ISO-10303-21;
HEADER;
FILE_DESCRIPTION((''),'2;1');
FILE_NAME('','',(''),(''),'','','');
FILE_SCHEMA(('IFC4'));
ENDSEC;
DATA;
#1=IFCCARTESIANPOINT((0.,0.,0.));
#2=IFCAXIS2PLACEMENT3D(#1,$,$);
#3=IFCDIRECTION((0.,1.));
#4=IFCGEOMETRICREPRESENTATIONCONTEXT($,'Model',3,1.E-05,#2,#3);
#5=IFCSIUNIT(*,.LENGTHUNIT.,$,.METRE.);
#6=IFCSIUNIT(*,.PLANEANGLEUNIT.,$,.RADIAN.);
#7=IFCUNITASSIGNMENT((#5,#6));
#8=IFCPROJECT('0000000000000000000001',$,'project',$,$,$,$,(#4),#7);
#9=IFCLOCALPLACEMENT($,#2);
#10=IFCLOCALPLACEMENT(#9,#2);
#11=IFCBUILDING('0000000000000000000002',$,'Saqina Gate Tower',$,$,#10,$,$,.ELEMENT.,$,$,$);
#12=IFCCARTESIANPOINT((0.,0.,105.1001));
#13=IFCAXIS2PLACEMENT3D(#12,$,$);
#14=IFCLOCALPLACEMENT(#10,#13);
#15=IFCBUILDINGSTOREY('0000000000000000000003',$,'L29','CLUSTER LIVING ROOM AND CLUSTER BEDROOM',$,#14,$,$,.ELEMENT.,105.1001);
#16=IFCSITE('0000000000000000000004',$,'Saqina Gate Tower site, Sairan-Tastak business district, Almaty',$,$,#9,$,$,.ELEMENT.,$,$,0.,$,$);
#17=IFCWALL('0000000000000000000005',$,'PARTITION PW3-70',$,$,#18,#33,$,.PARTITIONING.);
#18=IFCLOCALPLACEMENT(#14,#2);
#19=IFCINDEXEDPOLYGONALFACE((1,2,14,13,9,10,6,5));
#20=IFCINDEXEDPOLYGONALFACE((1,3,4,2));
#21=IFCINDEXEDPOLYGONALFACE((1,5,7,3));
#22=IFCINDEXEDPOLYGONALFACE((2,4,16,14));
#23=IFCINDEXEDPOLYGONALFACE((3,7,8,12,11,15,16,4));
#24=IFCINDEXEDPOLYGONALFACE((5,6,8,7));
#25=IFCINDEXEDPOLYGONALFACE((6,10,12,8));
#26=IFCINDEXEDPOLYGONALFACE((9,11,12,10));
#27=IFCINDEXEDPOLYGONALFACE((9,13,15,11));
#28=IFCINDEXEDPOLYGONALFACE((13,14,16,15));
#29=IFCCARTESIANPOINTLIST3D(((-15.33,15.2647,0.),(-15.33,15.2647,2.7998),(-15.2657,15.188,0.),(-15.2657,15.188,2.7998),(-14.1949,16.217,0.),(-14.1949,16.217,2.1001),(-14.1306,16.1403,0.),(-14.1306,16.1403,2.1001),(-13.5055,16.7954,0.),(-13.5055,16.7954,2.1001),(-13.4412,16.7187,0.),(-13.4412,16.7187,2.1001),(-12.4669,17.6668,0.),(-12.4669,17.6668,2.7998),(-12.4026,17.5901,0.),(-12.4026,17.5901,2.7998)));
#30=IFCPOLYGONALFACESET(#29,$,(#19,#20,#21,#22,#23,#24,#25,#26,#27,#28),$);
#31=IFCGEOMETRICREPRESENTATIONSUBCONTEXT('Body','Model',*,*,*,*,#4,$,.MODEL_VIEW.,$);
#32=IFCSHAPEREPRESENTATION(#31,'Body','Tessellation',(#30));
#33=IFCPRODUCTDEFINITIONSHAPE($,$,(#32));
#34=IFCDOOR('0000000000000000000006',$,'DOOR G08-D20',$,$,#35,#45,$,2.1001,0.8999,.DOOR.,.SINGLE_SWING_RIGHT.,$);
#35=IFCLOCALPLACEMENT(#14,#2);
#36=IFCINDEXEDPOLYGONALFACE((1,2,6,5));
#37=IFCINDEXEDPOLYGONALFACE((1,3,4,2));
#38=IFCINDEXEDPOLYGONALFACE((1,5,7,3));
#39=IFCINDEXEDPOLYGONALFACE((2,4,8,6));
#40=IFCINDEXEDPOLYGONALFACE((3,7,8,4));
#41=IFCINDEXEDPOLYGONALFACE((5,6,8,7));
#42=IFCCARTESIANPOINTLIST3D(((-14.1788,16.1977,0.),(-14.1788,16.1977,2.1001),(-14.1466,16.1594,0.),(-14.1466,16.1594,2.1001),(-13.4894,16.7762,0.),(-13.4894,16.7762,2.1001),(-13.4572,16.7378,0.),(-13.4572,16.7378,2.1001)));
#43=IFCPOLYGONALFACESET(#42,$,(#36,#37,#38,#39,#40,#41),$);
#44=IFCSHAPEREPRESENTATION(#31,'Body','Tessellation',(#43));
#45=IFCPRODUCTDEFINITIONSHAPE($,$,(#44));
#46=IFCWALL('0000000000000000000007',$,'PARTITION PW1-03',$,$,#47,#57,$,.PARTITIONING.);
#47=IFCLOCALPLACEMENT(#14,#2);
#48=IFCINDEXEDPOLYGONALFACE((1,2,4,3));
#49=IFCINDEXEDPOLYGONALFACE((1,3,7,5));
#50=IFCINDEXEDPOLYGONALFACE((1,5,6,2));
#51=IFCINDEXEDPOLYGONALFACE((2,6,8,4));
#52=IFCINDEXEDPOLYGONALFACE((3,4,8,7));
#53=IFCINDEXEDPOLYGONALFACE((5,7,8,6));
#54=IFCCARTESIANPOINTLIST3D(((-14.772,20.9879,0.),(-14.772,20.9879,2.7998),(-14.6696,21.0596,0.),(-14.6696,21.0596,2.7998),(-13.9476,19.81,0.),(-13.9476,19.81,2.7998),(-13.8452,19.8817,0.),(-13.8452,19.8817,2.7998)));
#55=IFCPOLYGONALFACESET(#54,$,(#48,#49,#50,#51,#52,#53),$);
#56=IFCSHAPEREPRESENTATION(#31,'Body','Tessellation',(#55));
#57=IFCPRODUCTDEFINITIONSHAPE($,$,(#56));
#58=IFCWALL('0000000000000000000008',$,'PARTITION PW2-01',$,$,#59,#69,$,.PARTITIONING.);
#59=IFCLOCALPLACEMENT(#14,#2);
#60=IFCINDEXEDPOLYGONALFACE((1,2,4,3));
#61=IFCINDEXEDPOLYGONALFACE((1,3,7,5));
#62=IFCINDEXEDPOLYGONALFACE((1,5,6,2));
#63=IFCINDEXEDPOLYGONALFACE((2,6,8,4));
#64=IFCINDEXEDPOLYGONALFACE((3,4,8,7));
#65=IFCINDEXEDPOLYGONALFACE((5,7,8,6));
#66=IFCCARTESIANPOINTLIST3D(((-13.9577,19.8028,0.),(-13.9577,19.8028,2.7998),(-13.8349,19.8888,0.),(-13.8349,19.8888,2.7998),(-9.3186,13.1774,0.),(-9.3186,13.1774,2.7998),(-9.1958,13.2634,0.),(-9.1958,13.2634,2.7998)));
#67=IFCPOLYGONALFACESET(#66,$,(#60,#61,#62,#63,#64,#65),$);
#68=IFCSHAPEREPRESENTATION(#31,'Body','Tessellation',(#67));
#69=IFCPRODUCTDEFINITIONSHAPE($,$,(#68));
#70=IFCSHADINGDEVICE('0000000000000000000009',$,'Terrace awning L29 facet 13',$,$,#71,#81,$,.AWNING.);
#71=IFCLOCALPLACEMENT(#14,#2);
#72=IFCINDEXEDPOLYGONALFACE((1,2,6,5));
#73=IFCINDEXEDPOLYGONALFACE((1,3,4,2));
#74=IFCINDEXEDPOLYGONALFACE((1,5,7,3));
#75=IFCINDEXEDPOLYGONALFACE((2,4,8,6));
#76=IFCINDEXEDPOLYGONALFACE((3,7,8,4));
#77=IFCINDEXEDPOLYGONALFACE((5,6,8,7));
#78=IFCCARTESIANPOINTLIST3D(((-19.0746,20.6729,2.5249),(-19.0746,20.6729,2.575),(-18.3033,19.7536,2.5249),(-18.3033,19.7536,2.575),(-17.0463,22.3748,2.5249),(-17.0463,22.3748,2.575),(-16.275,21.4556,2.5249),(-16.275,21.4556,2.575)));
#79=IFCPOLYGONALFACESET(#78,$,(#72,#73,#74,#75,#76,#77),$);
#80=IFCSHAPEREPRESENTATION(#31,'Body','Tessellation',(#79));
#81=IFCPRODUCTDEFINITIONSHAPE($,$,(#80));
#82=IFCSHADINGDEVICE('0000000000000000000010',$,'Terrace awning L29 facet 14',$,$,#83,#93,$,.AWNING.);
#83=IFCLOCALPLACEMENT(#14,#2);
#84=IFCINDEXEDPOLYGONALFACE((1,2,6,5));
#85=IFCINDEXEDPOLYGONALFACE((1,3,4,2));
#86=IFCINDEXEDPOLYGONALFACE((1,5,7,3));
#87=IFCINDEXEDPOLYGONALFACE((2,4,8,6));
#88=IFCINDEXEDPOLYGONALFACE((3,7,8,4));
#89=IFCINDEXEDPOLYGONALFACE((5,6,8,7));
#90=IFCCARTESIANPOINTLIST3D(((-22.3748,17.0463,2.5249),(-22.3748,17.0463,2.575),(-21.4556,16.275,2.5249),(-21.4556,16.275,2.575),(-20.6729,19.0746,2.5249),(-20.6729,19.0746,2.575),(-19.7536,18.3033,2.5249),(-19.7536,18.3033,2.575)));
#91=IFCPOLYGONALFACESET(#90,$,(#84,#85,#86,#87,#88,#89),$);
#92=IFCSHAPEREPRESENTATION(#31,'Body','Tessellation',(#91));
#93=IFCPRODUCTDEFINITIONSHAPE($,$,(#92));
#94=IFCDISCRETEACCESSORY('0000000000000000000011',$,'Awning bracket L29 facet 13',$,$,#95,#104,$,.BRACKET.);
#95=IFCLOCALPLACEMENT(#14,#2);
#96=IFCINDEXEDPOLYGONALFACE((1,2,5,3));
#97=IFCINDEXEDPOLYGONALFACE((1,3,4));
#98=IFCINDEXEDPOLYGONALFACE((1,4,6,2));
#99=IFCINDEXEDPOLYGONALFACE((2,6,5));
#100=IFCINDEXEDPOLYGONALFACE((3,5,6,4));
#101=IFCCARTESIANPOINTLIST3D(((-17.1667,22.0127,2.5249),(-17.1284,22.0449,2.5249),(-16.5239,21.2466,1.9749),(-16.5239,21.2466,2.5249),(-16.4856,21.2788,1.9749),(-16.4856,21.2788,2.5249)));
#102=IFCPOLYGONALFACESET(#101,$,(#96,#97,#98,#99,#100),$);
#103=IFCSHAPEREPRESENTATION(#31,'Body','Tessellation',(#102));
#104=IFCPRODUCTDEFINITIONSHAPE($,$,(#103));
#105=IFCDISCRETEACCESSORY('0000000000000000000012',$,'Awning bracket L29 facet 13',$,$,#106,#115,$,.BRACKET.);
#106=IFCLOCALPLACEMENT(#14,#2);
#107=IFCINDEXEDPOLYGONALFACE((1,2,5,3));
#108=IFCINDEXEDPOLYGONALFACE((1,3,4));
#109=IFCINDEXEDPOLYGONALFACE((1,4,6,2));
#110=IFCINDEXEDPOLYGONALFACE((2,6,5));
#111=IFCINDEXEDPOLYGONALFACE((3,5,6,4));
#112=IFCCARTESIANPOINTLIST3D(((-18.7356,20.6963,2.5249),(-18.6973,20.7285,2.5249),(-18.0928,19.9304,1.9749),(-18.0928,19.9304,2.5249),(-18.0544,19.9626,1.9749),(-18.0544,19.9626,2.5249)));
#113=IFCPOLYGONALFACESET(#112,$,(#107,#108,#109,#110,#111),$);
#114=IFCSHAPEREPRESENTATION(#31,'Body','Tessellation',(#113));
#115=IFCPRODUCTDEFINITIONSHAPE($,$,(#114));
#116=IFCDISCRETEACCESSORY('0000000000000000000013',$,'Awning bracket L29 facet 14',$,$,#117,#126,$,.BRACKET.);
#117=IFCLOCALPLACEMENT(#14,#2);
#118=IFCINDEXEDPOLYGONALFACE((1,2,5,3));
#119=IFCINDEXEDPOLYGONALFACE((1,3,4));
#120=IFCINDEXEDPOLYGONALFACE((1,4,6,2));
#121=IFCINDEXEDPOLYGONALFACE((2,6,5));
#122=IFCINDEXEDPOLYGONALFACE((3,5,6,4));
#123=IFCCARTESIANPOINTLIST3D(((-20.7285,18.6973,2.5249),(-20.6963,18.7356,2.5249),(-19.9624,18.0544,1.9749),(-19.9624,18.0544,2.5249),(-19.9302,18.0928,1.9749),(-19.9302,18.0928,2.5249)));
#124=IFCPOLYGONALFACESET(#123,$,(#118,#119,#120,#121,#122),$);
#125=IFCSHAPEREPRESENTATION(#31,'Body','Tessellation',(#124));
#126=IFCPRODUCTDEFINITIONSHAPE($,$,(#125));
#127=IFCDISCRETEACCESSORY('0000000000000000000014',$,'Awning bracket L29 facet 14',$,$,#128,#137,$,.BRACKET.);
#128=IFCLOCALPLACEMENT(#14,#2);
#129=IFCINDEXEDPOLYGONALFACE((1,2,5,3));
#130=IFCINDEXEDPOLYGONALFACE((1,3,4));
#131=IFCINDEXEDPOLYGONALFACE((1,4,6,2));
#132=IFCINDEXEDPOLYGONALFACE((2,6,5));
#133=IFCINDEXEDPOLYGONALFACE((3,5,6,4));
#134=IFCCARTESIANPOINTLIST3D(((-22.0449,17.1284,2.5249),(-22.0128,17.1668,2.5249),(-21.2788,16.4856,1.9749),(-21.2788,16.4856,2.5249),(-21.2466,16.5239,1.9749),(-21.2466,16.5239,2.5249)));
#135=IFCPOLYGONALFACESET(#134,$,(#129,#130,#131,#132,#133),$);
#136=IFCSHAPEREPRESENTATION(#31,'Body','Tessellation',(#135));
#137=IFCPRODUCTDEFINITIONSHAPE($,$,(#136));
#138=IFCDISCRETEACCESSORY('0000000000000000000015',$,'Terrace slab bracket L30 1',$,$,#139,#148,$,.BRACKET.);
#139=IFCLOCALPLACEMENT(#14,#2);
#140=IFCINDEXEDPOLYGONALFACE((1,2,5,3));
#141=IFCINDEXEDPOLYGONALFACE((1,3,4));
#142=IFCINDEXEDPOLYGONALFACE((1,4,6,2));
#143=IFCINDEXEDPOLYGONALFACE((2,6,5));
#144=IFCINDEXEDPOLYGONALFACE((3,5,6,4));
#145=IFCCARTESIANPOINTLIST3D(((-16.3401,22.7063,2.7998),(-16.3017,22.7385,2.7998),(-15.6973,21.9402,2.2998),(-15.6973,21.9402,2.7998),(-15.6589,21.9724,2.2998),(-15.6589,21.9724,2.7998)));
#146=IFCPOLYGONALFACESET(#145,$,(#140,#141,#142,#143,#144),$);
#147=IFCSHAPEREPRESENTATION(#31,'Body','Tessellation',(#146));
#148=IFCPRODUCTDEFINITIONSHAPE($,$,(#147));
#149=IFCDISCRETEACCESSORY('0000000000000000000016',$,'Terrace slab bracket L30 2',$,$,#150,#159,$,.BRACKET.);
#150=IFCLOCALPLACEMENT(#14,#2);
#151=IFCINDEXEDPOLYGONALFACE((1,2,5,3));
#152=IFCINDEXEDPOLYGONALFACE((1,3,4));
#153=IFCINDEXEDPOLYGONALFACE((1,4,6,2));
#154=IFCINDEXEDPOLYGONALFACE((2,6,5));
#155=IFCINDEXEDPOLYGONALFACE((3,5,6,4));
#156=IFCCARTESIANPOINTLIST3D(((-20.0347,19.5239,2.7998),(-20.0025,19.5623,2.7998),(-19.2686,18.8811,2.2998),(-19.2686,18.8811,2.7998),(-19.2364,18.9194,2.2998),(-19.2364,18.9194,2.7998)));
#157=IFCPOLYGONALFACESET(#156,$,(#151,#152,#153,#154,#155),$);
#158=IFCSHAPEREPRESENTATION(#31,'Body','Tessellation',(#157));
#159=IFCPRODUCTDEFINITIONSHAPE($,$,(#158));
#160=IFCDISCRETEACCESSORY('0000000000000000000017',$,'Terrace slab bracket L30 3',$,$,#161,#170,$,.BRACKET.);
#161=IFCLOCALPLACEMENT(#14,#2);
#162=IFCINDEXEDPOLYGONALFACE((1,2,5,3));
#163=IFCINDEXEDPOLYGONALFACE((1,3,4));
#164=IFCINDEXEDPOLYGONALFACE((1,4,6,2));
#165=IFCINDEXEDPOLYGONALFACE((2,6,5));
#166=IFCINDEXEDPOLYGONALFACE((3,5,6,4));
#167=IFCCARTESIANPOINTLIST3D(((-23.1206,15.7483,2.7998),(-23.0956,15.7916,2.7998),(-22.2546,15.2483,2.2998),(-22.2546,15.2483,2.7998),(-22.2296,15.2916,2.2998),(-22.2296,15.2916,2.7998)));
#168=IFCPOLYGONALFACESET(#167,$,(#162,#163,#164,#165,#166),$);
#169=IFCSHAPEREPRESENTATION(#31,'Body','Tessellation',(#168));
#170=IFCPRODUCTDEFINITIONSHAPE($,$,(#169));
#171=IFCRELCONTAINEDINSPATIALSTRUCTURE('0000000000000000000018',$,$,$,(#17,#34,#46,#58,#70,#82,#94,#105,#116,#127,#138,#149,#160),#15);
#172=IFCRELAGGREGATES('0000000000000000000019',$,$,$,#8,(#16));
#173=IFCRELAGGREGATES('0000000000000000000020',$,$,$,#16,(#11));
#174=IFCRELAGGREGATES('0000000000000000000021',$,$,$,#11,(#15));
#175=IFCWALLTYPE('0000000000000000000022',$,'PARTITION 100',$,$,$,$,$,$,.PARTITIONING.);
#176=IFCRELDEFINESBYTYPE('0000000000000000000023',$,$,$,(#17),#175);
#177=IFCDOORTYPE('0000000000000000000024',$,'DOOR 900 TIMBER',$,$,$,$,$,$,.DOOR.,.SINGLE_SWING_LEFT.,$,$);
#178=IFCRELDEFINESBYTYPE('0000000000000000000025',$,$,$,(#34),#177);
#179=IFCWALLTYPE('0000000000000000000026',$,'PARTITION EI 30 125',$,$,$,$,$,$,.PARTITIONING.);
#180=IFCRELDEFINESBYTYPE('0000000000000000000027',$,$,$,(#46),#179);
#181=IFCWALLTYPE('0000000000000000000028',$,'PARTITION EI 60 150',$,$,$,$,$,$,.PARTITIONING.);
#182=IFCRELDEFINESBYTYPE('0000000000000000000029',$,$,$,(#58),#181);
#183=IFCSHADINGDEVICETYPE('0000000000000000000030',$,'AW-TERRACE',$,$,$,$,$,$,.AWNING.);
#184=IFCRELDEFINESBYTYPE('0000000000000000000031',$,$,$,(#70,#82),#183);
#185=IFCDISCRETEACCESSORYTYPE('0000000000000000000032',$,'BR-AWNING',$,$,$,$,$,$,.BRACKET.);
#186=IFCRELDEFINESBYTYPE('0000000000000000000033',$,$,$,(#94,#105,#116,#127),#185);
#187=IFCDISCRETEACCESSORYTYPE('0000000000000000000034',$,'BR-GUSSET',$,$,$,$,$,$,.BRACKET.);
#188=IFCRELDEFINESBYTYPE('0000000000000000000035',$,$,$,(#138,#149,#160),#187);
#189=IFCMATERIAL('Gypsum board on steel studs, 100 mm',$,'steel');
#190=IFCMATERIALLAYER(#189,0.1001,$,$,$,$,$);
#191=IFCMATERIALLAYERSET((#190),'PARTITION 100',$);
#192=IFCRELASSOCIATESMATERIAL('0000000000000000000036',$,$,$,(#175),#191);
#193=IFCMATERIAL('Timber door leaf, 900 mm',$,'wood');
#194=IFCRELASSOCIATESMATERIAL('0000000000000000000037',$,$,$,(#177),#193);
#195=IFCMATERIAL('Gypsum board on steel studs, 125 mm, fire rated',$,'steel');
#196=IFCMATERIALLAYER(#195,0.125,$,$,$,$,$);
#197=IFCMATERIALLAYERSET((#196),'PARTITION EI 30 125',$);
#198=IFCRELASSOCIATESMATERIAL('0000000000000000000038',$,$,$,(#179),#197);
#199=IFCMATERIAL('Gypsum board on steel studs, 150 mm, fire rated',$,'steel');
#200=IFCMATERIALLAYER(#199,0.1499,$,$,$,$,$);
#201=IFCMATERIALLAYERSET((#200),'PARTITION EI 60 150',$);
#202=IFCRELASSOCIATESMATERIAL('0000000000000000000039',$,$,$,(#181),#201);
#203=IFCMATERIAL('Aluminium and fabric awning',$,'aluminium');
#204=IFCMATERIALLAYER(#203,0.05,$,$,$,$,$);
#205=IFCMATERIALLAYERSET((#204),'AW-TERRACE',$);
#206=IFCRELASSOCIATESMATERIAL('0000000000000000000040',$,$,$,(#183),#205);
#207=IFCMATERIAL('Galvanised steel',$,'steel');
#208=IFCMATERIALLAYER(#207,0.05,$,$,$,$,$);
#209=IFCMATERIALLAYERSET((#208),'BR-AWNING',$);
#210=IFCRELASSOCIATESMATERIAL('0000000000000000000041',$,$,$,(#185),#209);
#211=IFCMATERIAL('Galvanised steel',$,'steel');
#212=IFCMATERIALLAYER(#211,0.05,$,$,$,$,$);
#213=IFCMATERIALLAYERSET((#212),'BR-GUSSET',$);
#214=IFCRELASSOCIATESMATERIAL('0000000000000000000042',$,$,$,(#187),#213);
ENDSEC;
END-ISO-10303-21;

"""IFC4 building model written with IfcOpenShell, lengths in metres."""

from ifc_helpers import new_model, si_unit, direction, frame, frame_2d, origin, origin_2d, place, context, subcontext, project, spatial, polyline, rectangle, outline, extrude, material, layer, layer_set, type_object, element, fill, save


model = new_model("IFC4")

# Units and contexts
model_context = context("Model", 3, precision=1e-05, world=origin(), true_north=direction((0.0, 1.0)))
body_context = subcontext(model_context, "Body", "Model", "MODEL_VIEW")
ifc_project = project(units=[si_unit("LENGTHUNIT", "METRE"), si_unit("PLANEANGLEUNIT", "RADIAN")], contexts=[model_context])

# Site, building, storey
site_placement = place(None, origin())
site = spatial("IfcSite", under=ifc_project, at=site_placement, Name="Saqina Gate Tower site, Sairan-Tastak business district, Almaty", CompositionType="ELEMENT", RefElevation=0.0)
building_placement = place(site_placement, origin())
building = spatial("IfcBuilding", under=site, at=building_placement, Name="Saqina Gate Tower", CompositionType="ELEMENT")
storey_placement = place(building_placement, frame((0.0, 0.0, 105.1001)))
storey = spatial("IfcBuildingStorey", under=building, at=storey_placement, Name="L29", Description="CLUSTER LIVING ROOM AND CLUSTER BEDROOM", CompositionType="ELEMENT", Elevation=105.1001)

# Wall, opening, door
ifc_material_1 = material(Name="Gypsum board on steel studs, 100 mm", Category="steel")
ifc_layer_1 = layer(ifc_material_1, 0.1001)
ifc_layer_set_1 = layer_set([ifc_layer_1], Name="PARTITION 100")
wall_type_1 = type_object("IfcWallType", Name="PARTITION 100", PredefinedType="PARTITIONING", material=ifc_layer_set_1)
wall_1_placement = place(storey_placement, frame((-15.2979, 15.2263, 0.0), z_axis=(0.0, 0.0, 1.0), x_axis=(0.766081, 0.642745, 0.0)))
wall_1 = element("IfcWall", 1, at=wall_1_placement, inside=storey, type_object=wall_type_1, Name="PARTITION PW3-70", PredefinedType="PARTITIONING", context=body_context, shape_type="SweptSolid", body=[
    extrude(rectangle(XDim=3.7373, YDim=0.1001, at=frame_2d((1.8687, 0.0))), origin(), (0.0, 0.0, 1.0), 2.7998),
])
opening_1_placement = place(wall_1_placement, frame((1.4817, 0.0, 0.0)))
opening_1 = element("IfcOpeningElement", 2, at=opening_1_placement, cuts=wall_1, PredefinedType="OPENING", context=body_context, shape_type="SweptSolid", body=[
    extrude(rectangle(XDim=0.8999, YDim=2.1001, at=frame_2d((0.45, 1.05))), frame((0.0, 0.062, 0.0), z_axis=(0.0, -1.0, 0.0), x_axis=(1.0, 0.0, 0.0)), (0.0, 0.0, 1.0), 0.124),
])
ifc_material_2 = material(Name="Timber door leaf, 900 mm", Category="wood")
door_type_1 = type_object("IfcDoorType", Name="DOOR 900 TIMBER", OperationType="SINGLE_SWING_LEFT", PredefinedType="DOOR", material=ifc_material_2)
door_1_placement = place(opening_1_placement, origin())
door_1 = element("IfcDoor", 3, at=door_1_placement, inside=storey, type_object=door_type_1, Name="DOOR G08-D20", OperationType="SINGLE_SWING_RIGHT", OverallHeight=2.1001, OverallWidth=0.8999, PredefinedType="DOOR", context=body_context, shape_type="SweptSolid", body=[
    extrude(rectangle(XDim=0.8999, YDim=2.1001, at=frame_2d((0.45, 1.05))), frame((0.0, 0.0249, 0.0), z_axis=(0.0, -1.0, 0.0), x_axis=(1.0, 0.0, 0.0)), (0.0, 0.0, 1.0), 0.05),
])
fill(opening_1, door_1)

# Walls
ifc_material_3 = material(Name="Gypsum board on steel studs, 125 mm, fire rated", Category="steel")
ifc_layer_2 = layer(ifc_material_3, 0.125)
ifc_layer_set_2 = layer_set([ifc_layer_2], Name="PARTITION EI 30 125")
wall_type_2 = type_object("IfcWallType", Name="PARTITION EI 30 125", PredefinedType="PARTITIONING", material=ifc_layer_set_2)
wall_2_placement = place(storey_placement, frame((-14.7207, 21.0237, 0.0), z_axis=(0.0, 0.0, 1.0), x_axis=(0.573405, -0.819272, 0.0)))
element("IfcWall", 4, at=wall_2_placement, inside=storey, type_object=wall_type_2, Name="PARTITION PW1-03", PredefinedType="PARTITIONING", context=body_context, shape_type="SweptSolid", body=[
    extrude(rectangle(XDim=1.4377, YDim=0.125, at=frame_2d((0.7188, 0.0))), origin(), (0.0, 0.0, 1.0), 2.7998),
])
ifc_material_4 = material(Name="Gypsum board on steel studs, 150 mm, fire rated", Category="steel")
ifc_layer_3 = layer(ifc_material_4, 0.1499)
ifc_layer_set_3 = layer_set([ifc_layer_3], Name="PARTITION EI 60 150")
wall_type_3 = type_object("IfcWallType", Name="PARTITION EI 60 150", PredefinedType="PARTITIONING", material=ifc_layer_set_3)
wall_3_placement = place(storey_placement, frame((-13.8962, 19.8457, 0.0), z_axis=(0.0, 0.0, 1.0), x_axis=(0.573572, -0.819155, 0.0)))
element("IfcWall", 5, at=wall_3_placement, inside=storey, type_object=wall_type_3, Name="PARTITION PW2-01", PredefinedType="PARTITIONING", context=body_context, shape_type="SweptSolid", body=[
    extrude(rectangle(XDim=8.0881, YDim=0.1499, at=frame_2d((4.0439, 0.0))), origin(), (0.0, 0.0, 1.0), 2.7998),
])

# Shading devices
ifc_material_5 = material(Name="Aluminium and fabric awning", Category="aluminium")
ifc_layer_4 = layer(ifc_material_5, 0.05)
ifc_layer_set_4 = layer_set([ifc_layer_4], Name="AW-TERRACE")
shading_device_type = type_object("IfcShadingDeviceType", Name="AW-TERRACE", PredefinedType="AWNING", material=ifc_layer_set_4)
for number, where, z_axis, x_axis, name in (
    (6, (-17.6748, 21.0642, 2.5249), (0.0, 0.0, 1.0), (-0.766044, -0.642788, 0.0), "Terrace awning L29 facet 13"),
    (7, (-21.0642, 17.6748, 2.5249), (0.0, 0.0, 1.0), (-0.642788, -0.766044, 0.0), "Terrace awning L29 facet 14"),
):
    element("IfcShadingDevice", number, at=place(storey_placement, frame(where, z_axis=z_axis, x_axis=x_axis)), inside=storey, type_object=shading_device_type, Name=name, PredefinedType="AWNING", context=body_context, shape_type="SweptSolid", body=[
        extrude(rectangle(XDim=2.6477, YDim=1.2, at=origin_2d()), origin(), (0.0, 0.0, 1.0), 0.05),
    ])

# Discrete accessories
ifc_material_6 = material(Name="Galvanised steel", Category="steel")
ifc_layer_5 = layer(ifc_material_6, 0.05)
ifc_layer_set_5 = layer_set([ifc_layer_5], Name="BR-AWNING")
discrete_accessory_type_1 = type_object("IfcDiscreteAccessoryType", Name="BR-AWNING", PredefinedType="BRACKET", material=ifc_layer_set_5)
discrete_accessory_1_placement = place(storey_placement, frame((-16.5239, 21.2466, 1.9749), z_axis=(-0.766056, -0.642774, 0.0), x_axis=(0.0, 0.0, 1.0)))
element("IfcDiscreteAccessory", 8, at=discrete_accessory_1_placement, inside=storey, type_object=discrete_accessory_type_1, Name="Awning bracket L29 facet 13", PredefinedType="BRACKET", context=body_context, shape_type="SweptSolid", body=[
    extrude(outline(polyline([(0.0, 0.0), (0.55, 0.0), (0.55, 1.0001), (0.0, 0.0)])), origin(), (0.0, 0.0, -1.0), 0.05),
])
discrete_accessory_2_placement = place(storey_placement, frame((-18.0928, 19.9304, 1.9749), z_axis=(-0.765955, -0.642894, 0.0), x_axis=(0.0, 0.0, 1.0)))
element("IfcDiscreteAccessory", 9, at=discrete_accessory_2_placement, inside=storey, type_object=discrete_accessory_type_1, Name="Awning bracket L29 facet 13", PredefinedType="BRACKET", context=body_context, shape_type="SweptSolid", body=[
    extrude(outline(polyline([(0.0, 0.0), (0.55, 0.0), (0.55, 0.9999), (0.0, 0.0)])), origin(), (0.0, 0.0, -1.0), 0.05),
])
for number, where, z_axis, x_axis, name in (
    (10, (-19.9624, 18.0544, 1.9749), (-0.642774, -0.766056, 0.0), (0.0, 0.0, 1.0), "Awning bracket L29 facet 14"),
    (11, (-21.2788, 16.4856, 1.9749), (-0.642774, -0.766056, 0.0), (0.0, 0.0, 1.0), "Awning bracket L29 facet 14"),
):
    element("IfcDiscreteAccessory", number, at=place(storey_placement, frame(where, z_axis=z_axis, x_axis=x_axis)), inside=storey, type_object=discrete_accessory_type_1, Name=name, PredefinedType="BRACKET", context=body_context, shape_type="SweptSolid", body=[
        extrude(outline(polyline([(0.0, 0.0), (0.55, 0.0), (0.55, 1.0001), (0.0, 0.0)])), origin(), (0.0, 0.0, -1.0), 0.05),
    ])
ifc_material_7 = material(Name="Galvanised steel", Category="steel")
ifc_layer_6 = layer(ifc_material_7, 0.05)
ifc_layer_set_6 = layer_set([ifc_layer_6], Name="BR-GUSSET")
discrete_accessory_type_2 = type_object("IfcDiscreteAccessoryType", Name="BR-GUSSET", PredefinedType="BRACKET", material=ifc_layer_set_6)
for number, where, z_axis, x_axis, name in (
    (12, (-15.6973, 21.9402, 2.2998), (-0.766056, -0.642774, 0.0), (0.0, 0.0, 1.0), "Terrace slab bracket L30 1"),
    (13, (-19.2686, 18.8811, 2.2998), (-0.642774, -0.766056, 0.0), (0.0, 0.0, 1.0), "Terrace slab bracket L30 2"),
):
    element("IfcDiscreteAccessory", number, at=place(storey_placement, frame(where, z_axis=z_axis, x_axis=x_axis)), inside=storey, type_object=discrete_accessory_type_2, Name=name, PredefinedType="BRACKET", context=body_context, shape_type="SweptSolid", body=[
        extrude(outline(polyline([(0.0, 0.0), (0.5, 0.0), (0.5, 1.0001), (0.0, 0.0)])), origin(), (0.0, 0.0, -1.0), 0.05),
    ])
discrete_accessory_3_placement = place(storey_placement, frame((-22.2546, 15.2483, 2.2998), z_axis=(-0.500025, -0.866011, 0.0), x_axis=(0.0, 0.0, 1.0)))
element("IfcDiscreteAccessory", 14, at=discrete_accessory_3_placement, inside=storey, type_object=discrete_accessory_type_2, Name="Terrace slab bracket L30 3", PredefinedType="BRACKET", context=body_context, shape_type="SweptSolid", body=[
    extrude(outline(polyline([(0.0, 0.0), (0.5, 0.0), (0.5, 0.9999), (0.0, 0.0)])), origin(), (0.0, 0.0, -1.0), 0.05),
])

save(model, "model.ifc")
